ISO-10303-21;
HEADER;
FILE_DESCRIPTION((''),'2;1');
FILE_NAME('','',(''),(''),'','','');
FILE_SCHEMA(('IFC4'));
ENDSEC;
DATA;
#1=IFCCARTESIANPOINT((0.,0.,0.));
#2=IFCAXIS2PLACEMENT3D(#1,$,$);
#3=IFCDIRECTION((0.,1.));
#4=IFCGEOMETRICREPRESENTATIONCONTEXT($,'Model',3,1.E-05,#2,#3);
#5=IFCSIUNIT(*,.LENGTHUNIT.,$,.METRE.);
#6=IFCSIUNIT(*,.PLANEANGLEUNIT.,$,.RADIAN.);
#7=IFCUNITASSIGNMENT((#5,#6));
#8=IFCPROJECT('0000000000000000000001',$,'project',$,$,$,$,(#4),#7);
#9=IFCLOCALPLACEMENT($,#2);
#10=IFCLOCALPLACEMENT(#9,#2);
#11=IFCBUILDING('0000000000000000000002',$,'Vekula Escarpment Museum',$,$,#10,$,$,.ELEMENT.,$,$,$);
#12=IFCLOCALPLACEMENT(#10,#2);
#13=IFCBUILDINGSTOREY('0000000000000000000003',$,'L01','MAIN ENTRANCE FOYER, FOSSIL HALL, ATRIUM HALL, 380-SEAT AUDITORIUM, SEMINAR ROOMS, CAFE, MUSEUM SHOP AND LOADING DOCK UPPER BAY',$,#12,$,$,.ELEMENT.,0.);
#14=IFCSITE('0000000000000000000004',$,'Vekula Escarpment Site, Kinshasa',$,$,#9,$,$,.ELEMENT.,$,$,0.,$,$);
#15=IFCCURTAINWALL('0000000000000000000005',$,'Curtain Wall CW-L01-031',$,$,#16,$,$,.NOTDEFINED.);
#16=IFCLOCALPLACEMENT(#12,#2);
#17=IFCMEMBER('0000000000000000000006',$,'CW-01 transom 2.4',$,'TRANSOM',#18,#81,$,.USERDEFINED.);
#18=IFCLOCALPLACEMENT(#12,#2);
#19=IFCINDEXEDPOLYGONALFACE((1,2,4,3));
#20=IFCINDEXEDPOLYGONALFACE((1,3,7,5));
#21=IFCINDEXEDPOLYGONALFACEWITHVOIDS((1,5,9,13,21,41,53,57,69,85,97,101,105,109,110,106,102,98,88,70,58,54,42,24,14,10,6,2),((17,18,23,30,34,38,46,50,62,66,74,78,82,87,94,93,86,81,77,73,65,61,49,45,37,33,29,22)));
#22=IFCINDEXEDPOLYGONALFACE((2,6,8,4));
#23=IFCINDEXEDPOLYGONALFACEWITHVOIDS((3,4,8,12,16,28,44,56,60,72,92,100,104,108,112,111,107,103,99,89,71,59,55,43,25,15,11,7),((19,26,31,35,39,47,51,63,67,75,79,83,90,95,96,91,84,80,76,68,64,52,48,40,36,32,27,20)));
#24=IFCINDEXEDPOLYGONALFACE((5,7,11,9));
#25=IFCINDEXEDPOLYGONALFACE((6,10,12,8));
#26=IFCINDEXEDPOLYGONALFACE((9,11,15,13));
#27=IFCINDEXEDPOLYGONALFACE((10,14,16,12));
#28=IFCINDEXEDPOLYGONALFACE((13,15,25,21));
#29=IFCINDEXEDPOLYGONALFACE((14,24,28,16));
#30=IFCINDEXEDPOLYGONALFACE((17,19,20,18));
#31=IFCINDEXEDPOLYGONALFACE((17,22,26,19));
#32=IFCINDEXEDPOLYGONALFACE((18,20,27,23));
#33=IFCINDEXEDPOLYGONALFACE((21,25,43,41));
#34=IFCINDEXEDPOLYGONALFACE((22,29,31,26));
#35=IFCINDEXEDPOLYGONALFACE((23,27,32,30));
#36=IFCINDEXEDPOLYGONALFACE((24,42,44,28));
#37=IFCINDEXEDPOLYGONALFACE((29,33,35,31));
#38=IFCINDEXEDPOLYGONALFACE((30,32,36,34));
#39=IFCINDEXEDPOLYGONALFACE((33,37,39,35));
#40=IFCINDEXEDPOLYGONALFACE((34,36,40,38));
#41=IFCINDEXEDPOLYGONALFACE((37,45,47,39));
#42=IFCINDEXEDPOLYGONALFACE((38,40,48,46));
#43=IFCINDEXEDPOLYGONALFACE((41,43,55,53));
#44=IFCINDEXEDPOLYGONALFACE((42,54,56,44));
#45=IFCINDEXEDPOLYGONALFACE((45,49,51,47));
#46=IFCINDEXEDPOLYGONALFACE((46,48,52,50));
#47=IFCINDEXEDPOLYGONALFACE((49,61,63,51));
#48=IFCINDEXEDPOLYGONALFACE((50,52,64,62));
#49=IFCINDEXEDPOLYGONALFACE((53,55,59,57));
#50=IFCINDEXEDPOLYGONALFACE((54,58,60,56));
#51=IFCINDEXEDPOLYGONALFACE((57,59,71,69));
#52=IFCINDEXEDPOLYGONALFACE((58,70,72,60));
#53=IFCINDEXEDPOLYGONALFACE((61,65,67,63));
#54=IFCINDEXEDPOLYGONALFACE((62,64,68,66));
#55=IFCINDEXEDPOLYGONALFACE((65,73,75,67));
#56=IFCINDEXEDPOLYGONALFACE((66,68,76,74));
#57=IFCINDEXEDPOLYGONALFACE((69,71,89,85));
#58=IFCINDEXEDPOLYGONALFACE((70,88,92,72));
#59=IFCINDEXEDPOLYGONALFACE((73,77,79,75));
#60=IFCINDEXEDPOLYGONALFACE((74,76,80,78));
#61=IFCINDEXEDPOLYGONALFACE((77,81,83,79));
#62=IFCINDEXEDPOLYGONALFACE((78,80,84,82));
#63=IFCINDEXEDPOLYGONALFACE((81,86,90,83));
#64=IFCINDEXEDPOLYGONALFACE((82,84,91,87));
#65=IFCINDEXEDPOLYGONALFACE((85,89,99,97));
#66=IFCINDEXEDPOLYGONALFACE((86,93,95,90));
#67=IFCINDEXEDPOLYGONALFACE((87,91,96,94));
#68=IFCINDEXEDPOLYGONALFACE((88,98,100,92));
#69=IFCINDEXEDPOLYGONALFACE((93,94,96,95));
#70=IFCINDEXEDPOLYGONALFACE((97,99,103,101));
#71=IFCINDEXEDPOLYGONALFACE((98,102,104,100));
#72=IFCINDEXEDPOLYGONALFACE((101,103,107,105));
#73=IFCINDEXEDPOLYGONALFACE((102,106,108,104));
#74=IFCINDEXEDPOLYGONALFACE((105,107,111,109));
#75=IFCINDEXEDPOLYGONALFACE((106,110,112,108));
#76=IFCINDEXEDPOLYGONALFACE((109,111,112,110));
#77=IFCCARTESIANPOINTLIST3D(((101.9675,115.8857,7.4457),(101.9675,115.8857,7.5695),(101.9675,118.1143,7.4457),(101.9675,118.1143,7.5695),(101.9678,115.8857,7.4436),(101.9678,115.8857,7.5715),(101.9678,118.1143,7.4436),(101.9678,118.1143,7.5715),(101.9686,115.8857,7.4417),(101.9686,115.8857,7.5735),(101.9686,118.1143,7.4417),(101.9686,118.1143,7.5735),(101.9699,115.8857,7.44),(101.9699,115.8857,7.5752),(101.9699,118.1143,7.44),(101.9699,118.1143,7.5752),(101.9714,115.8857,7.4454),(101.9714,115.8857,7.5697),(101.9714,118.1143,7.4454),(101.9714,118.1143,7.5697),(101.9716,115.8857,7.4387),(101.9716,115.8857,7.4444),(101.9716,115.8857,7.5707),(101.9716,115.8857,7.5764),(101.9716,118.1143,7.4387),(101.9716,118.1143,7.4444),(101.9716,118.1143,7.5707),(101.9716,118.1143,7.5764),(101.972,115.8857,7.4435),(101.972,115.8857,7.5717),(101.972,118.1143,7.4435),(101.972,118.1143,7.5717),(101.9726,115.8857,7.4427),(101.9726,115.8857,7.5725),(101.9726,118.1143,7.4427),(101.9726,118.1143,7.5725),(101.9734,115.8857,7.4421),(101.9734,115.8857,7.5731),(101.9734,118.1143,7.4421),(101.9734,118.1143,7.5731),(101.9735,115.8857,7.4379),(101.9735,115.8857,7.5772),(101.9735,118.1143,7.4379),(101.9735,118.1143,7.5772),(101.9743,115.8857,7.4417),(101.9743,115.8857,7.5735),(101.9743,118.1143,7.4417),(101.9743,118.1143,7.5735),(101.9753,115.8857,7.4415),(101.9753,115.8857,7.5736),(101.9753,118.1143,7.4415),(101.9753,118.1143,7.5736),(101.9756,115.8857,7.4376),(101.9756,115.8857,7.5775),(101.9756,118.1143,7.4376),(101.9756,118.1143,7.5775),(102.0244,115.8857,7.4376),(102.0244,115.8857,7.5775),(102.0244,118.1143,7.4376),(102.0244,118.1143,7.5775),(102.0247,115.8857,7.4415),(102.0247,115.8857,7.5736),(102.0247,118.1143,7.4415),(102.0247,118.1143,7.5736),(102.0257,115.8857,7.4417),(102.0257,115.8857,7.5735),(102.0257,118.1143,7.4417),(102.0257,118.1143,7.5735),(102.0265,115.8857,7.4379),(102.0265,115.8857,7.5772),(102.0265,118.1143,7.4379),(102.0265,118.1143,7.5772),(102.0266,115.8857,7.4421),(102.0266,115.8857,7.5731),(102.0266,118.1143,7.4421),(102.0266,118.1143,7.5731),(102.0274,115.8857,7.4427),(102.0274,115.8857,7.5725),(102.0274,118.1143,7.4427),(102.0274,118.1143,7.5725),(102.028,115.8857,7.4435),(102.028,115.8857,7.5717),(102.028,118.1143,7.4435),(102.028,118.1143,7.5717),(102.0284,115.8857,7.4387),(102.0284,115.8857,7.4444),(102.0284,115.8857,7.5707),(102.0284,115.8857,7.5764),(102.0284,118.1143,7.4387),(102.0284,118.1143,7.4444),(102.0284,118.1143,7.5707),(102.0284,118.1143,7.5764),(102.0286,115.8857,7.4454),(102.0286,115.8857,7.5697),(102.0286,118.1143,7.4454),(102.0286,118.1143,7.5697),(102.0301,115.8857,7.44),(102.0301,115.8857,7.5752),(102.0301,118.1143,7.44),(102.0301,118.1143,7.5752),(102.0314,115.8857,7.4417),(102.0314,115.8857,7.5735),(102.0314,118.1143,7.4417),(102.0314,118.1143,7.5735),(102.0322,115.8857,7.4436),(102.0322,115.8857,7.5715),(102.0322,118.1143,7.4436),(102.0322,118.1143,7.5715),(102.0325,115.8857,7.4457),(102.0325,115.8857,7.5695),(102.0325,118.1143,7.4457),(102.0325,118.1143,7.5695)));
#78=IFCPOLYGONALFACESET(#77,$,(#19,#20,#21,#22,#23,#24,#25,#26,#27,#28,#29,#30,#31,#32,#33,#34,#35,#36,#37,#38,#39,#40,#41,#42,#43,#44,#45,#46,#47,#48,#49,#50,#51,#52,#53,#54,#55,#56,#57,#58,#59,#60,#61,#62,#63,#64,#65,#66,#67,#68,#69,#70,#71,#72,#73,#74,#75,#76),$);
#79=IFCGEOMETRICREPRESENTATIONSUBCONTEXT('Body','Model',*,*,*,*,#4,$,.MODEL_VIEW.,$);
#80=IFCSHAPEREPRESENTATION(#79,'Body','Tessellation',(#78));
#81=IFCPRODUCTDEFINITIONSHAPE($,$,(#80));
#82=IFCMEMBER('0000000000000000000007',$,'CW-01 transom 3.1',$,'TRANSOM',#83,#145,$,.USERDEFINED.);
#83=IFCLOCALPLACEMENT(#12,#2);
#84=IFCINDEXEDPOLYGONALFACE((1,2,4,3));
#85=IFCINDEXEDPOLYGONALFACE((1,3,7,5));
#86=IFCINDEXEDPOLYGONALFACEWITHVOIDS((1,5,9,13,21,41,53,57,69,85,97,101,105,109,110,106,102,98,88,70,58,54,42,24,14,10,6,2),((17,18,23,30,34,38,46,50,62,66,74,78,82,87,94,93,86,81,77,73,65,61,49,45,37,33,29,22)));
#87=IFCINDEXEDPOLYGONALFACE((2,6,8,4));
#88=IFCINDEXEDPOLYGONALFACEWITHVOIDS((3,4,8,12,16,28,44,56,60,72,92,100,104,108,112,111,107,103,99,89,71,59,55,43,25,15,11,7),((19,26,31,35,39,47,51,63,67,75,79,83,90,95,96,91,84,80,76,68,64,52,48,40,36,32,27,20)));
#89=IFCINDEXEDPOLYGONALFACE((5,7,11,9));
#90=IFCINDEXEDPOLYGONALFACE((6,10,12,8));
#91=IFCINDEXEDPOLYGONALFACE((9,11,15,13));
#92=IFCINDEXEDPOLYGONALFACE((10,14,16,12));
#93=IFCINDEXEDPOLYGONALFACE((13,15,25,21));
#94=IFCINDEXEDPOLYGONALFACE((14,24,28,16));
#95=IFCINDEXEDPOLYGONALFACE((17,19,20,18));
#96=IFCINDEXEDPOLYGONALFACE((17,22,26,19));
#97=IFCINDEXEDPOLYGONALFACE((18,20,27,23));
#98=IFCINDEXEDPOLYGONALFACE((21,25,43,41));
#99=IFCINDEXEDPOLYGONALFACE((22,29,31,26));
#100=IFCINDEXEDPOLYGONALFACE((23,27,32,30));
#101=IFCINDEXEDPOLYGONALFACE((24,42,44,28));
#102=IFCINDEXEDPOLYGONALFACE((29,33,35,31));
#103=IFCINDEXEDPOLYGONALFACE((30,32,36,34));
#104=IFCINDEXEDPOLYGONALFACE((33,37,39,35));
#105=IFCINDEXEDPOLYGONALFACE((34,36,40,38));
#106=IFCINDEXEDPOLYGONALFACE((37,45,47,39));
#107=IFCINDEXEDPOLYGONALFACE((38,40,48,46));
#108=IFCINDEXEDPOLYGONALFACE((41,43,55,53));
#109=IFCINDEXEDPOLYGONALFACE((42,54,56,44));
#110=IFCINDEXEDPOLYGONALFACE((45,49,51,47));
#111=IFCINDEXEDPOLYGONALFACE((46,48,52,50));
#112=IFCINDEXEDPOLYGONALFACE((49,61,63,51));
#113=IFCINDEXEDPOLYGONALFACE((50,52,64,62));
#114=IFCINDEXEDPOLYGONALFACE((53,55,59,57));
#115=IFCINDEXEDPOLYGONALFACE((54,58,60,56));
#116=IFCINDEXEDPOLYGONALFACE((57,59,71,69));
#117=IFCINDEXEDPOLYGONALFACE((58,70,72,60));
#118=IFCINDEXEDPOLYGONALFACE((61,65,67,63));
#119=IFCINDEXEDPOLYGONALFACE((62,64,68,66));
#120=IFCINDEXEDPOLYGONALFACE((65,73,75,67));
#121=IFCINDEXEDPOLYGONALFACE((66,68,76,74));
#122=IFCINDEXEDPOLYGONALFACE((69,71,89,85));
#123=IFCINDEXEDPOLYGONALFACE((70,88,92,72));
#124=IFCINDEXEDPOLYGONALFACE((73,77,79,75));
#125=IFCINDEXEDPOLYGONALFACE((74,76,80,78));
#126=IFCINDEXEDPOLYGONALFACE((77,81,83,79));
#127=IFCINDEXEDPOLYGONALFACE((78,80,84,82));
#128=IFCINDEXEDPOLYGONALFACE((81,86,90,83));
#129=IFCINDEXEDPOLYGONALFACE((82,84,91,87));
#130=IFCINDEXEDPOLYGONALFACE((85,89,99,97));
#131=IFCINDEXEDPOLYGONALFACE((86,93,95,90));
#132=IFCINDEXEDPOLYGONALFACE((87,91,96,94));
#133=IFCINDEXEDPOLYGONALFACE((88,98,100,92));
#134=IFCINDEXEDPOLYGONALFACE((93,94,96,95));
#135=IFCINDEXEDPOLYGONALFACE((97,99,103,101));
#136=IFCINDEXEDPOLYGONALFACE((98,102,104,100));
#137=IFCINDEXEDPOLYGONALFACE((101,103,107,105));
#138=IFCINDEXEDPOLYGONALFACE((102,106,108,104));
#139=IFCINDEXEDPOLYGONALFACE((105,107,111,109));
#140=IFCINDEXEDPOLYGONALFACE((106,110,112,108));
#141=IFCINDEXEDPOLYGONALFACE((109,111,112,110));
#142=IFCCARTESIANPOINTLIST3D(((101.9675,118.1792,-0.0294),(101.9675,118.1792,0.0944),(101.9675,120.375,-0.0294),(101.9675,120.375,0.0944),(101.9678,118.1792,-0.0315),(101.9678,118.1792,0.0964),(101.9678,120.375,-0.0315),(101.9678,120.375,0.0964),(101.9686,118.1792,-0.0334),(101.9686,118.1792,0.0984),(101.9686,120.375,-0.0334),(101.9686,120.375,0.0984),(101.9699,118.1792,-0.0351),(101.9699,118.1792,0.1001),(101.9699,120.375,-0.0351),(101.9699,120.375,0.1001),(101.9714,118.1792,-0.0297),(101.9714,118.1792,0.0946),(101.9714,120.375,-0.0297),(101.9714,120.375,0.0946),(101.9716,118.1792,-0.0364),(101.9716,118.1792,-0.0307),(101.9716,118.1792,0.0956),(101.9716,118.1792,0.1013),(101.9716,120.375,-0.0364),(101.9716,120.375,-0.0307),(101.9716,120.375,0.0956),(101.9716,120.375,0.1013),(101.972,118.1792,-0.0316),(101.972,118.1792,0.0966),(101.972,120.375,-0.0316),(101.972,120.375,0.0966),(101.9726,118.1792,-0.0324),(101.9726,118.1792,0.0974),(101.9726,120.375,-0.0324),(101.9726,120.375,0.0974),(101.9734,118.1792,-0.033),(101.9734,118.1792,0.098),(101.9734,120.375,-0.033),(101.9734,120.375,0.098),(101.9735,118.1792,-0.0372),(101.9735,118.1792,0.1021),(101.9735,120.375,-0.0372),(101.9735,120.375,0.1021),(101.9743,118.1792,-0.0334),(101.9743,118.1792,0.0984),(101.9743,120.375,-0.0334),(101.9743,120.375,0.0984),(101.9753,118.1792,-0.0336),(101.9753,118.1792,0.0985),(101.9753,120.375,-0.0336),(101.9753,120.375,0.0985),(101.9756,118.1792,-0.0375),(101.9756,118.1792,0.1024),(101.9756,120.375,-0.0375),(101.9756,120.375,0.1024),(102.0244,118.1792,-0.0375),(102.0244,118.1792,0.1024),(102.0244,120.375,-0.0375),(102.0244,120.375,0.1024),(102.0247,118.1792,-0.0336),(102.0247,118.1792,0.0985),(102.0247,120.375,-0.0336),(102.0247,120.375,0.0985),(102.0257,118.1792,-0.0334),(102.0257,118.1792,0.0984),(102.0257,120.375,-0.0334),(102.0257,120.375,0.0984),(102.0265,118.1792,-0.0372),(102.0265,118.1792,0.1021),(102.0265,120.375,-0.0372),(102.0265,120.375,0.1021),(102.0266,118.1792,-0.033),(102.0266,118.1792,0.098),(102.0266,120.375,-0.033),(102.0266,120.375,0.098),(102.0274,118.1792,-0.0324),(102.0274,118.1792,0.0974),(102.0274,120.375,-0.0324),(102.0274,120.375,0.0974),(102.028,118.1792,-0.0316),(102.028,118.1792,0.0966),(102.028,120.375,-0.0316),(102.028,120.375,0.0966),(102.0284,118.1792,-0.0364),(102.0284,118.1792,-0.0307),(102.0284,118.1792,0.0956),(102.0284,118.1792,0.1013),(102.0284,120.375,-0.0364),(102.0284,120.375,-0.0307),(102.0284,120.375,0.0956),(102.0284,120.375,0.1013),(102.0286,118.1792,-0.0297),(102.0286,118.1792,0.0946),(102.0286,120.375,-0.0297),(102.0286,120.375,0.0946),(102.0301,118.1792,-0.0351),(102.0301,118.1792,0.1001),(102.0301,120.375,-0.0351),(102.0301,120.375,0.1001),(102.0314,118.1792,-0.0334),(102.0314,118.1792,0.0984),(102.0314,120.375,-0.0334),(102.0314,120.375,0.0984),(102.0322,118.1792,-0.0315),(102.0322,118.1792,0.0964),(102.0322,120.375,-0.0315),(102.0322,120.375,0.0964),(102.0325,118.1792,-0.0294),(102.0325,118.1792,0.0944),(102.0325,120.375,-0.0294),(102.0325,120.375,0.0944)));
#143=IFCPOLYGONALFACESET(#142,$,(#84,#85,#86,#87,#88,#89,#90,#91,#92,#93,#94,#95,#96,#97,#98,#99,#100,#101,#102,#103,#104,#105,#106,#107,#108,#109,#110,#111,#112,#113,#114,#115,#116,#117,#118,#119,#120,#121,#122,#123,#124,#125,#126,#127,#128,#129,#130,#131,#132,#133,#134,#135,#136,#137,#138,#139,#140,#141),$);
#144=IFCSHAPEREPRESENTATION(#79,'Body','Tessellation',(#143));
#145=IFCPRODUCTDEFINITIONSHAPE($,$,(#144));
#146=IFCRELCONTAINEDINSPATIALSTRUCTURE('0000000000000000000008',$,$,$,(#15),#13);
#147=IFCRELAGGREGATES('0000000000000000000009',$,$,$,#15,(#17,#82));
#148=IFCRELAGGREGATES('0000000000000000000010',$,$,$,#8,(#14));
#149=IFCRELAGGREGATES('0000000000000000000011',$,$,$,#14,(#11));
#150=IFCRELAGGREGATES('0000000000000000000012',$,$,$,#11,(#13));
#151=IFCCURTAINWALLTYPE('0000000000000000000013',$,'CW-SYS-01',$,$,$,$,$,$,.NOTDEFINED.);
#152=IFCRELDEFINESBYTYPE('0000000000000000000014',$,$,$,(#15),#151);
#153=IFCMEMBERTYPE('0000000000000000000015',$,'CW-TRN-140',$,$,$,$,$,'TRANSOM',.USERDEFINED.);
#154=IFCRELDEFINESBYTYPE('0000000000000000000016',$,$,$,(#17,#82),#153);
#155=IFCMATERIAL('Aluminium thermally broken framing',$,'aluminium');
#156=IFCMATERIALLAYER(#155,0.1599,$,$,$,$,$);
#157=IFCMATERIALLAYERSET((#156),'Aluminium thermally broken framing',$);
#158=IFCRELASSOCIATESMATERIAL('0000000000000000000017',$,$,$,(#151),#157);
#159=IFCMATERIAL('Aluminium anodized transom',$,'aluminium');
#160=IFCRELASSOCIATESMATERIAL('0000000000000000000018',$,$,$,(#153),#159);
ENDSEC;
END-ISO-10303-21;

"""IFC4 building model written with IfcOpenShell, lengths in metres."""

from ifc_helpers import new_model, si_unit, direction, frame, origin, origin_2d, place, context, subcontext, project, spatial, hollow_rectangle, extrude, material, layer, layer_set, material_profile, profile_set, type_object, element, aggregate, save


model = new_model("IFC4")

# Units and contexts
model_context = context("Model", 3, precision=1e-05, world=origin(), true_north=direction((0.0, 1.0)))
body_context = subcontext(model_context, "Body", "Model", "MODEL_VIEW")
ifc_project = project(units=[si_unit("LENGTHUNIT", "METRE"), si_unit("PLANEANGLEUNIT", "RADIAN")], contexts=[model_context])

# Site, building, storey
site_placement = place(None, origin())
site = spatial("IfcSite", under=ifc_project, at=site_placement, Name="Vekula Escarpment Site, Kinshasa", CompositionType="ELEMENT", RefElevation=0.0)
building_placement = place(site_placement, origin())
building = spatial("IfcBuilding", under=site, at=building_placement, Name="Vekula Escarpment Museum", CompositionType="ELEMENT")
storey_placement = place(building_placement, origin())
storey = spatial("IfcBuildingStorey", under=building, at=storey_placement, Name="L01", Description="MAIN ENTRANCE FOYER, FOSSIL HALL, ATRIUM HALL, 380-SEAT AUDITORIUM, SEMINAR ROOMS, CAFE, MUSEUM SHOP AND LOADING DOCK UPPER BAY", CompositionType="ELEMENT", Elevation=0.0)

# Curtain wall, members
ifc_material_1 = material(Name="Aluminium thermally broken framing", Category="aluminium")
ifc_layer_1 = layer(ifc_material_1, 0.1599)
ifc_layer_set_1 = layer_set([ifc_layer_1], Name="Aluminium thermally broken framing")
curtain_wall_type = type_object("IfcCurtainWallType", Name="CW-SYS-01", PredefinedType="NOTDEFINED", material=ifc_layer_set_1)
curtain_wall_placement = place(storey_placement, origin())
curtain_wall = element("IfcCurtainWall", 1, at=curtain_wall_placement, inside=storey, type_object=curtain_wall_type, Name="Curtain Wall CW-L01-031", PredefinedType="NOTDEFINED")
ifc_material_2 = material(Name="Aluminium anodized transom", Category="aluminium")
ifc_material_profile_1 = material_profile(ifc_material_2, hollow_rectangle(XDim=0.0649, YDim=0.1399, WallThickness=0.0039, InnerFilletRadius=0.0039, OuterFilletRadius=0.0081, at=origin_2d()), Name="ALU 140x65x4")
ifc_profile_set_1 = profile_set([ifc_material_profile_1], Name="Aluminium anodized transom")
member_type_1 = type_object("IfcMemberType", Name="CW-TRN-140", ElementType="TRANSOM", PredefinedType="USERDEFINED", material=ifc_profile_set_1)
member_1_placement = place(storey_placement, frame((102.0, 115.8857, 7.5076), z_axis=(0.0, 1.0, 0.0), x_axis=(-1.0, 0.0, 0.0)))
member_1 = element("IfcMember", 2, at=member_1_placement, type_object=member_type_1, Name="CW-01 transom 2.4", ObjectType="TRANSOM", PredefinedType="USERDEFINED", context=body_context, shape_type="SweptSolid", body=[
    extrude(hollow_rectangle(XDim=0.0649, YDim=0.1399, WallThickness=0.0039, InnerFilletRadius=0.0039, OuterFilletRadius=0.0081, at=origin_2d()), origin(), (0.0, 0.0, 1.0), 2.2285),
])
member_2_placement = place(storey_placement, frame((102.0, 118.1792, 0.0325), z_axis=(0.0, 1.0, 0.0), x_axis=(-1.0, 0.0, 0.0)))
member_2 = element("IfcMember", 3, at=member_2_placement, type_object=member_type_1, Name="CW-01 transom 3.1", ObjectType="TRANSOM", PredefinedType="USERDEFINED", context=body_context, shape_type="SweptSolid", body=[
    extrude(hollow_rectangle(XDim=0.0649, YDim=0.1399, WallThickness=0.0039, InnerFilletRadius=0.0039, OuterFilletRadius=0.0081, at=origin_2d()), origin(), (0.0, 0.0, 1.0), 2.1958),
])
aggregate(curtain_wall, [member_1, member_2])

save(model, "model.ifc")
